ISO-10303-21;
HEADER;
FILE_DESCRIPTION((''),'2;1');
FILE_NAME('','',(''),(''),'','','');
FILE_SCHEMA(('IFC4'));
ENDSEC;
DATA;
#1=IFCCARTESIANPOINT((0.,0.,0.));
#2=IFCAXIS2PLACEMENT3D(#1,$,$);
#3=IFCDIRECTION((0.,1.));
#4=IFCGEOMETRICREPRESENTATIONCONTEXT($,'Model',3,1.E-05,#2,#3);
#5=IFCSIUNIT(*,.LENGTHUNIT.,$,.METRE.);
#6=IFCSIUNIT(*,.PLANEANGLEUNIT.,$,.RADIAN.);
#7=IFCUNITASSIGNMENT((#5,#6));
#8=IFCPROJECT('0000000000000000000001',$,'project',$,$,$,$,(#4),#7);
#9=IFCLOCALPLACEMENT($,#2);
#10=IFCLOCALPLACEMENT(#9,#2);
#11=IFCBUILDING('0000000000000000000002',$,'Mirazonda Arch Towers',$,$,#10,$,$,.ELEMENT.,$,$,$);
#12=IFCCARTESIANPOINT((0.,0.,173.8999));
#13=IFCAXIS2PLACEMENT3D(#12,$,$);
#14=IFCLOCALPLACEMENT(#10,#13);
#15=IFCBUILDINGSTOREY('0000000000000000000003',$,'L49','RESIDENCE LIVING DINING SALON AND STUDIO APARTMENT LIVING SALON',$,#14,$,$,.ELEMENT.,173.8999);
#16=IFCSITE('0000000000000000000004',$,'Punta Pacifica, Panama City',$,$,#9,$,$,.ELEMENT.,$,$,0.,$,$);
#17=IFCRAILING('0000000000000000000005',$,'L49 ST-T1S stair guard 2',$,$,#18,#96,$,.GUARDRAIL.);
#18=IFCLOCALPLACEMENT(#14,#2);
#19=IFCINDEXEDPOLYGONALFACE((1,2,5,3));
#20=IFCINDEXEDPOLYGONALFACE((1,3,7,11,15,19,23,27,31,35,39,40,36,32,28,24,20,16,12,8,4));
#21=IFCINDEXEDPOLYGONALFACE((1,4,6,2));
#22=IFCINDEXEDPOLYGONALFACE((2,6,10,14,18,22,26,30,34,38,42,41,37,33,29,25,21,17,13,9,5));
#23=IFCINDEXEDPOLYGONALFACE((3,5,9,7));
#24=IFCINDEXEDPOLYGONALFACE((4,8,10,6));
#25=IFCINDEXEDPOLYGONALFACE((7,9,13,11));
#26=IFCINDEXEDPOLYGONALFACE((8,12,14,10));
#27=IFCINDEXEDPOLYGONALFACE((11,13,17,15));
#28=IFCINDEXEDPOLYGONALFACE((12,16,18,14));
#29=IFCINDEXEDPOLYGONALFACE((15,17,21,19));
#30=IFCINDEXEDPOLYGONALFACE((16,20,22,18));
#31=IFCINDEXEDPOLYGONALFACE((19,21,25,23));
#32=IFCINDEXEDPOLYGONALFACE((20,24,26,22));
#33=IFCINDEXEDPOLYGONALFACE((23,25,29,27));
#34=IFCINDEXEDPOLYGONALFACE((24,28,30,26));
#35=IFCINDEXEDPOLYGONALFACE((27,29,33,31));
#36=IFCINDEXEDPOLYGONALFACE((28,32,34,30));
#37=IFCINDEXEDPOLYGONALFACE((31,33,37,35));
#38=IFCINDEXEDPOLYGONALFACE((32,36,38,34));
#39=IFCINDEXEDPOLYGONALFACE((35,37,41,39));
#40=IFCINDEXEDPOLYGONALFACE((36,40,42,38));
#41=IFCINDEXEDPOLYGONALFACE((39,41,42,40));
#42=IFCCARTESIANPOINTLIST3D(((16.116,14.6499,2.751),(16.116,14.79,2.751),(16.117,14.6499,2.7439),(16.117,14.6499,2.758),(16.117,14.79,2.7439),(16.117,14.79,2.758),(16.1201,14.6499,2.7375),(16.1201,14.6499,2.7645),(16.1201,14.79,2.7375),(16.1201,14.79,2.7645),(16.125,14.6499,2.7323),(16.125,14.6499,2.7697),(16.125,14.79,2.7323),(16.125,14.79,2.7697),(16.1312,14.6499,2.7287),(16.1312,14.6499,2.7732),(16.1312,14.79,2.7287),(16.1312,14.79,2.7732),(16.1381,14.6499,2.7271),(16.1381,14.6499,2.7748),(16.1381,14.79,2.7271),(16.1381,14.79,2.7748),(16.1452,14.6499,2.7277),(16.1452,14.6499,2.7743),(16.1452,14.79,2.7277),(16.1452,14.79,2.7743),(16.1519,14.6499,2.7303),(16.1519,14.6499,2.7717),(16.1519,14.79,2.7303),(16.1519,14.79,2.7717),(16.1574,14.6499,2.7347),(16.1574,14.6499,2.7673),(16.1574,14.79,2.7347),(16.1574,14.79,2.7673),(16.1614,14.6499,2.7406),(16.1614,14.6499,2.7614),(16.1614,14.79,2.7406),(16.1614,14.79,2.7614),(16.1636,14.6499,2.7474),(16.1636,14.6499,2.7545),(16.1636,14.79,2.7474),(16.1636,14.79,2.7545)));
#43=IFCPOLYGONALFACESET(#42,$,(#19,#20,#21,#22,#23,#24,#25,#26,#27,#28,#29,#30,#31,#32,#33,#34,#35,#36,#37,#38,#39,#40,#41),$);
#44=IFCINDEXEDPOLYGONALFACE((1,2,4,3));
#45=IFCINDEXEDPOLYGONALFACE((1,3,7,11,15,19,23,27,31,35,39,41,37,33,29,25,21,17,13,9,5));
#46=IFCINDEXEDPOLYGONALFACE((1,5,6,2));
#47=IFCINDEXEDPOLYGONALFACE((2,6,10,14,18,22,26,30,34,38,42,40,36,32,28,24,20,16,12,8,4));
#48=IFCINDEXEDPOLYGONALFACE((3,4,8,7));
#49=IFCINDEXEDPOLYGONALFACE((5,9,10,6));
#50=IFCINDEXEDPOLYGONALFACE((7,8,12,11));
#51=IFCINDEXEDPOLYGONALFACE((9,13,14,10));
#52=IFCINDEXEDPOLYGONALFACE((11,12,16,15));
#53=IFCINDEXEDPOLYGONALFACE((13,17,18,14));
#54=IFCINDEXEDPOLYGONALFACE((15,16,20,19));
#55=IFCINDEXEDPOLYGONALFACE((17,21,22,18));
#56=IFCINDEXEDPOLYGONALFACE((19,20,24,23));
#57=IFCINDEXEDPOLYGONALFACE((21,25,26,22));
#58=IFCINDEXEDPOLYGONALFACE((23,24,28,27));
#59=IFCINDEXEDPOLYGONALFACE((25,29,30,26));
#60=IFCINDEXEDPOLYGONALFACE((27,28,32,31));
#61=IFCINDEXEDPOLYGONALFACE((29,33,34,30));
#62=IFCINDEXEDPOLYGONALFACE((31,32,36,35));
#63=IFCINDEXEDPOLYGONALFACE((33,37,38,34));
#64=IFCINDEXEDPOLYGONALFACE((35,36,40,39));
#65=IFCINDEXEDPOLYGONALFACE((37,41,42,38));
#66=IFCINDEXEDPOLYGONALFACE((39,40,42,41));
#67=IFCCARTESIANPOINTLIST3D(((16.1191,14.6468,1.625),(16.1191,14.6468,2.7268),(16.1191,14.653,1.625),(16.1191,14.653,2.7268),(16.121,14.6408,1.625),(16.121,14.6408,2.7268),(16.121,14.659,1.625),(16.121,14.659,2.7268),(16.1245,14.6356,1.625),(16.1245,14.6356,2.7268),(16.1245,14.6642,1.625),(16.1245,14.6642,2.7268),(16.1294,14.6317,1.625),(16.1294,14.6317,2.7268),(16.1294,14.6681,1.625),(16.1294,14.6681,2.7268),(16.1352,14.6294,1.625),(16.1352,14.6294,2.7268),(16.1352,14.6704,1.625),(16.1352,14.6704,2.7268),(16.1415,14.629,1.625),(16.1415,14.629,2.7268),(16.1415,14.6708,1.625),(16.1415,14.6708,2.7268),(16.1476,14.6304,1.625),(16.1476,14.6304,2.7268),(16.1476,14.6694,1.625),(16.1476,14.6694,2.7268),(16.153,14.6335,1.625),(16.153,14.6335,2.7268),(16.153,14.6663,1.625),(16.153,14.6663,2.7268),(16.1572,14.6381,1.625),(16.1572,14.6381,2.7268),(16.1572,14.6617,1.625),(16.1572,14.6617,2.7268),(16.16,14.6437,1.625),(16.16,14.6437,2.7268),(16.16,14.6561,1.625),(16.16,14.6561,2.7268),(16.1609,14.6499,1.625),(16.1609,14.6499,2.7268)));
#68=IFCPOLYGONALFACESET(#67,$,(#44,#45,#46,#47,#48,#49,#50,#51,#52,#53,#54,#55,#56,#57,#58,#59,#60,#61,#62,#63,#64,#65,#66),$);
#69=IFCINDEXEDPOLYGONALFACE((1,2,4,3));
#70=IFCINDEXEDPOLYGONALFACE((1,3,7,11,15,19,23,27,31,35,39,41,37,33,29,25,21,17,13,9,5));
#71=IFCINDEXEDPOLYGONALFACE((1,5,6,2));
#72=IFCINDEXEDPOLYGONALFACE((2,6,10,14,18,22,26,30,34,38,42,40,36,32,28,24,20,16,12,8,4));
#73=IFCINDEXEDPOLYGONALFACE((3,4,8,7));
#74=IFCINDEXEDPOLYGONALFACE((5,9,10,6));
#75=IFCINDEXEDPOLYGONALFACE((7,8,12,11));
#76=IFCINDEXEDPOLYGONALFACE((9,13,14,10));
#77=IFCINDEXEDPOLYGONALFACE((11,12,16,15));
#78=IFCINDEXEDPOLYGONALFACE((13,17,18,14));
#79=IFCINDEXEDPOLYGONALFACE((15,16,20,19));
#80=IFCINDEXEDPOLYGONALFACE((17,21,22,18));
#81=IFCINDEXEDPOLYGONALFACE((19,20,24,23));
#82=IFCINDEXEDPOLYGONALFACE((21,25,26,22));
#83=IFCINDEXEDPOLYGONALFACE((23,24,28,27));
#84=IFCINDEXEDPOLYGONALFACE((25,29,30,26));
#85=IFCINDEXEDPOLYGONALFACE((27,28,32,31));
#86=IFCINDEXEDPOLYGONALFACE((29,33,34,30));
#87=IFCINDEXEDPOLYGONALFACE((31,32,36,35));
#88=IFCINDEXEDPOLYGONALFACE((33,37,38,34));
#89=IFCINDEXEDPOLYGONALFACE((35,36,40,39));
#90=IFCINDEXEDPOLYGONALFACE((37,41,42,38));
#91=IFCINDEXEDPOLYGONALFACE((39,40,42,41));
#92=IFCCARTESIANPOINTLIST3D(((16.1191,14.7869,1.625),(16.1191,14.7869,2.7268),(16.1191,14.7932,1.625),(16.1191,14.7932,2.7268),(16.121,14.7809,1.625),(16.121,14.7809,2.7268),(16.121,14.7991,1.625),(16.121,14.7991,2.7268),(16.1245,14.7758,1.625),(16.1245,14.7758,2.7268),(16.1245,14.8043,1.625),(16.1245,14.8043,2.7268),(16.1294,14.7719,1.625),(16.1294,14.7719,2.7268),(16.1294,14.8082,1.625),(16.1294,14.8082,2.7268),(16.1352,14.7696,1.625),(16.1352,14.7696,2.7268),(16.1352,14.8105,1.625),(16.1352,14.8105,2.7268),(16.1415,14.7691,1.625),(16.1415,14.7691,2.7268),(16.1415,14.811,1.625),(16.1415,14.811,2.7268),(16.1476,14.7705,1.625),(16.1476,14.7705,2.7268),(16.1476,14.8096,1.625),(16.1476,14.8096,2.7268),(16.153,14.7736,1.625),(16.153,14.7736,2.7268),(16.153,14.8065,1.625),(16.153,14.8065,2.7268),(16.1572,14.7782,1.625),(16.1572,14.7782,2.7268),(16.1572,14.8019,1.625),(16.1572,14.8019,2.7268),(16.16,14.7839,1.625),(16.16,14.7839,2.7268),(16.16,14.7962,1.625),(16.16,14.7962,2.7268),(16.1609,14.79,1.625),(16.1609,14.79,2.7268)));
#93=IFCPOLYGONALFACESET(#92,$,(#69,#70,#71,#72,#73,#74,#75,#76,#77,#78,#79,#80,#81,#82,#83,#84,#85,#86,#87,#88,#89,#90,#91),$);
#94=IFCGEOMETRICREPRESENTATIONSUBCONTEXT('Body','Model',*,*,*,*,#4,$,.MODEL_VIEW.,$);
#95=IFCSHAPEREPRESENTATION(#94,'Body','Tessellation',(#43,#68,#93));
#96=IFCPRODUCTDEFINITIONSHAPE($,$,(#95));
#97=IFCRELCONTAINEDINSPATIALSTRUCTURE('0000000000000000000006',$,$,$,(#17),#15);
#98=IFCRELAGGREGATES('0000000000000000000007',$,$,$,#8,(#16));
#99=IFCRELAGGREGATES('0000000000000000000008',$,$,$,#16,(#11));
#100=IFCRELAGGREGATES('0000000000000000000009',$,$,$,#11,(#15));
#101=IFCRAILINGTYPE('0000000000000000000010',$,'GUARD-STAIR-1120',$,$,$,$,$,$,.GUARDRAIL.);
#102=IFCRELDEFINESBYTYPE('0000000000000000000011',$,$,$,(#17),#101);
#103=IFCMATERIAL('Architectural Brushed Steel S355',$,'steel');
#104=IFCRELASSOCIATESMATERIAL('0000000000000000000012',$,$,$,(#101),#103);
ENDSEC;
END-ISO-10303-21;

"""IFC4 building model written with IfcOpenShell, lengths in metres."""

from ifc_helpers import new_model, si_unit, direction, frame, origin, origin_2d, place, context, subcontext, project, spatial, circle, extrude, material, type_object, element, save


model = new_model("IFC4")

# Units and contexts
model_context = context("Model", 3, precision=1e-05, world=origin(), true_north=direction((0.0, 1.0)))
body_context = subcontext(model_context, "Body", "Model", "MODEL_VIEW")
ifc_project = project(units=[si_unit("LENGTHUNIT", "METRE"), si_unit("PLANEANGLEUNIT", "RADIAN")], contexts=[model_context])

# Site, building, storey
site_placement = place(None, origin())
site = spatial("IfcSite", under=ifc_project, at=site_placement, Name="Punta Pacifica, Panama City", CompositionType="ELEMENT", RefElevation=0.0)
building_placement = place(site_placement, origin())
building = spatial("IfcBuilding", under=site, at=building_placement, Name="Mirazonda Arch Towers", CompositionType="ELEMENT")
storey_placement = place(building_placement, frame((0.0, 0.0, 173.8999)))
storey = spatial("IfcBuildingStorey", under=building, at=storey_placement, Name="L49", Description="RESIDENCE LIVING DINING SALON AND STUDIO APARTMENT LIVING SALON", CompositionType="ELEMENT", Elevation=173.8999)

# Shared definitions
ifc_material_1 = material(Name="Architectural Brushed Steel S355", Category="steel")

# Railing
railing_type_1 = type_object("IfcRailingType", Name="GUARD-STAIR-1120", PredefinedType="GUARDRAIL", material=ifc_material_1)
railing_1_placement = place(storey_placement, frame((16.1399, 14.6499, 1.625)))
element("IfcRailing", 1, at=railing_1_placement, inside=storey, type_object=railing_type_1, Name="L49 ST-T1S stair guard 2", PredefinedType="GUARDRAIL", context=body_context, shape_type="SweptSolid", body=[
    extrude(circle(Radius=0.0239, at=origin_2d()), frame((0.0, 0.0, 1.126), z_axis=(0.0, 1.0, 0.0), x_axis=(-1.0, 0.0, 0.0)), (0.0, 0.0, 1.0), 0.1401),
    extrude(circle(Radius=0.021, at=origin_2d()), origin(), (0.0, 0.0, 1.0), 1.1018),
    extrude(circle(Radius=0.021, at=origin_2d()), frame((0.0, 0.1401, 0.0)), (0.0, 0.0, 1.0), 1.1018),
])

save(model, "model.ifc")
